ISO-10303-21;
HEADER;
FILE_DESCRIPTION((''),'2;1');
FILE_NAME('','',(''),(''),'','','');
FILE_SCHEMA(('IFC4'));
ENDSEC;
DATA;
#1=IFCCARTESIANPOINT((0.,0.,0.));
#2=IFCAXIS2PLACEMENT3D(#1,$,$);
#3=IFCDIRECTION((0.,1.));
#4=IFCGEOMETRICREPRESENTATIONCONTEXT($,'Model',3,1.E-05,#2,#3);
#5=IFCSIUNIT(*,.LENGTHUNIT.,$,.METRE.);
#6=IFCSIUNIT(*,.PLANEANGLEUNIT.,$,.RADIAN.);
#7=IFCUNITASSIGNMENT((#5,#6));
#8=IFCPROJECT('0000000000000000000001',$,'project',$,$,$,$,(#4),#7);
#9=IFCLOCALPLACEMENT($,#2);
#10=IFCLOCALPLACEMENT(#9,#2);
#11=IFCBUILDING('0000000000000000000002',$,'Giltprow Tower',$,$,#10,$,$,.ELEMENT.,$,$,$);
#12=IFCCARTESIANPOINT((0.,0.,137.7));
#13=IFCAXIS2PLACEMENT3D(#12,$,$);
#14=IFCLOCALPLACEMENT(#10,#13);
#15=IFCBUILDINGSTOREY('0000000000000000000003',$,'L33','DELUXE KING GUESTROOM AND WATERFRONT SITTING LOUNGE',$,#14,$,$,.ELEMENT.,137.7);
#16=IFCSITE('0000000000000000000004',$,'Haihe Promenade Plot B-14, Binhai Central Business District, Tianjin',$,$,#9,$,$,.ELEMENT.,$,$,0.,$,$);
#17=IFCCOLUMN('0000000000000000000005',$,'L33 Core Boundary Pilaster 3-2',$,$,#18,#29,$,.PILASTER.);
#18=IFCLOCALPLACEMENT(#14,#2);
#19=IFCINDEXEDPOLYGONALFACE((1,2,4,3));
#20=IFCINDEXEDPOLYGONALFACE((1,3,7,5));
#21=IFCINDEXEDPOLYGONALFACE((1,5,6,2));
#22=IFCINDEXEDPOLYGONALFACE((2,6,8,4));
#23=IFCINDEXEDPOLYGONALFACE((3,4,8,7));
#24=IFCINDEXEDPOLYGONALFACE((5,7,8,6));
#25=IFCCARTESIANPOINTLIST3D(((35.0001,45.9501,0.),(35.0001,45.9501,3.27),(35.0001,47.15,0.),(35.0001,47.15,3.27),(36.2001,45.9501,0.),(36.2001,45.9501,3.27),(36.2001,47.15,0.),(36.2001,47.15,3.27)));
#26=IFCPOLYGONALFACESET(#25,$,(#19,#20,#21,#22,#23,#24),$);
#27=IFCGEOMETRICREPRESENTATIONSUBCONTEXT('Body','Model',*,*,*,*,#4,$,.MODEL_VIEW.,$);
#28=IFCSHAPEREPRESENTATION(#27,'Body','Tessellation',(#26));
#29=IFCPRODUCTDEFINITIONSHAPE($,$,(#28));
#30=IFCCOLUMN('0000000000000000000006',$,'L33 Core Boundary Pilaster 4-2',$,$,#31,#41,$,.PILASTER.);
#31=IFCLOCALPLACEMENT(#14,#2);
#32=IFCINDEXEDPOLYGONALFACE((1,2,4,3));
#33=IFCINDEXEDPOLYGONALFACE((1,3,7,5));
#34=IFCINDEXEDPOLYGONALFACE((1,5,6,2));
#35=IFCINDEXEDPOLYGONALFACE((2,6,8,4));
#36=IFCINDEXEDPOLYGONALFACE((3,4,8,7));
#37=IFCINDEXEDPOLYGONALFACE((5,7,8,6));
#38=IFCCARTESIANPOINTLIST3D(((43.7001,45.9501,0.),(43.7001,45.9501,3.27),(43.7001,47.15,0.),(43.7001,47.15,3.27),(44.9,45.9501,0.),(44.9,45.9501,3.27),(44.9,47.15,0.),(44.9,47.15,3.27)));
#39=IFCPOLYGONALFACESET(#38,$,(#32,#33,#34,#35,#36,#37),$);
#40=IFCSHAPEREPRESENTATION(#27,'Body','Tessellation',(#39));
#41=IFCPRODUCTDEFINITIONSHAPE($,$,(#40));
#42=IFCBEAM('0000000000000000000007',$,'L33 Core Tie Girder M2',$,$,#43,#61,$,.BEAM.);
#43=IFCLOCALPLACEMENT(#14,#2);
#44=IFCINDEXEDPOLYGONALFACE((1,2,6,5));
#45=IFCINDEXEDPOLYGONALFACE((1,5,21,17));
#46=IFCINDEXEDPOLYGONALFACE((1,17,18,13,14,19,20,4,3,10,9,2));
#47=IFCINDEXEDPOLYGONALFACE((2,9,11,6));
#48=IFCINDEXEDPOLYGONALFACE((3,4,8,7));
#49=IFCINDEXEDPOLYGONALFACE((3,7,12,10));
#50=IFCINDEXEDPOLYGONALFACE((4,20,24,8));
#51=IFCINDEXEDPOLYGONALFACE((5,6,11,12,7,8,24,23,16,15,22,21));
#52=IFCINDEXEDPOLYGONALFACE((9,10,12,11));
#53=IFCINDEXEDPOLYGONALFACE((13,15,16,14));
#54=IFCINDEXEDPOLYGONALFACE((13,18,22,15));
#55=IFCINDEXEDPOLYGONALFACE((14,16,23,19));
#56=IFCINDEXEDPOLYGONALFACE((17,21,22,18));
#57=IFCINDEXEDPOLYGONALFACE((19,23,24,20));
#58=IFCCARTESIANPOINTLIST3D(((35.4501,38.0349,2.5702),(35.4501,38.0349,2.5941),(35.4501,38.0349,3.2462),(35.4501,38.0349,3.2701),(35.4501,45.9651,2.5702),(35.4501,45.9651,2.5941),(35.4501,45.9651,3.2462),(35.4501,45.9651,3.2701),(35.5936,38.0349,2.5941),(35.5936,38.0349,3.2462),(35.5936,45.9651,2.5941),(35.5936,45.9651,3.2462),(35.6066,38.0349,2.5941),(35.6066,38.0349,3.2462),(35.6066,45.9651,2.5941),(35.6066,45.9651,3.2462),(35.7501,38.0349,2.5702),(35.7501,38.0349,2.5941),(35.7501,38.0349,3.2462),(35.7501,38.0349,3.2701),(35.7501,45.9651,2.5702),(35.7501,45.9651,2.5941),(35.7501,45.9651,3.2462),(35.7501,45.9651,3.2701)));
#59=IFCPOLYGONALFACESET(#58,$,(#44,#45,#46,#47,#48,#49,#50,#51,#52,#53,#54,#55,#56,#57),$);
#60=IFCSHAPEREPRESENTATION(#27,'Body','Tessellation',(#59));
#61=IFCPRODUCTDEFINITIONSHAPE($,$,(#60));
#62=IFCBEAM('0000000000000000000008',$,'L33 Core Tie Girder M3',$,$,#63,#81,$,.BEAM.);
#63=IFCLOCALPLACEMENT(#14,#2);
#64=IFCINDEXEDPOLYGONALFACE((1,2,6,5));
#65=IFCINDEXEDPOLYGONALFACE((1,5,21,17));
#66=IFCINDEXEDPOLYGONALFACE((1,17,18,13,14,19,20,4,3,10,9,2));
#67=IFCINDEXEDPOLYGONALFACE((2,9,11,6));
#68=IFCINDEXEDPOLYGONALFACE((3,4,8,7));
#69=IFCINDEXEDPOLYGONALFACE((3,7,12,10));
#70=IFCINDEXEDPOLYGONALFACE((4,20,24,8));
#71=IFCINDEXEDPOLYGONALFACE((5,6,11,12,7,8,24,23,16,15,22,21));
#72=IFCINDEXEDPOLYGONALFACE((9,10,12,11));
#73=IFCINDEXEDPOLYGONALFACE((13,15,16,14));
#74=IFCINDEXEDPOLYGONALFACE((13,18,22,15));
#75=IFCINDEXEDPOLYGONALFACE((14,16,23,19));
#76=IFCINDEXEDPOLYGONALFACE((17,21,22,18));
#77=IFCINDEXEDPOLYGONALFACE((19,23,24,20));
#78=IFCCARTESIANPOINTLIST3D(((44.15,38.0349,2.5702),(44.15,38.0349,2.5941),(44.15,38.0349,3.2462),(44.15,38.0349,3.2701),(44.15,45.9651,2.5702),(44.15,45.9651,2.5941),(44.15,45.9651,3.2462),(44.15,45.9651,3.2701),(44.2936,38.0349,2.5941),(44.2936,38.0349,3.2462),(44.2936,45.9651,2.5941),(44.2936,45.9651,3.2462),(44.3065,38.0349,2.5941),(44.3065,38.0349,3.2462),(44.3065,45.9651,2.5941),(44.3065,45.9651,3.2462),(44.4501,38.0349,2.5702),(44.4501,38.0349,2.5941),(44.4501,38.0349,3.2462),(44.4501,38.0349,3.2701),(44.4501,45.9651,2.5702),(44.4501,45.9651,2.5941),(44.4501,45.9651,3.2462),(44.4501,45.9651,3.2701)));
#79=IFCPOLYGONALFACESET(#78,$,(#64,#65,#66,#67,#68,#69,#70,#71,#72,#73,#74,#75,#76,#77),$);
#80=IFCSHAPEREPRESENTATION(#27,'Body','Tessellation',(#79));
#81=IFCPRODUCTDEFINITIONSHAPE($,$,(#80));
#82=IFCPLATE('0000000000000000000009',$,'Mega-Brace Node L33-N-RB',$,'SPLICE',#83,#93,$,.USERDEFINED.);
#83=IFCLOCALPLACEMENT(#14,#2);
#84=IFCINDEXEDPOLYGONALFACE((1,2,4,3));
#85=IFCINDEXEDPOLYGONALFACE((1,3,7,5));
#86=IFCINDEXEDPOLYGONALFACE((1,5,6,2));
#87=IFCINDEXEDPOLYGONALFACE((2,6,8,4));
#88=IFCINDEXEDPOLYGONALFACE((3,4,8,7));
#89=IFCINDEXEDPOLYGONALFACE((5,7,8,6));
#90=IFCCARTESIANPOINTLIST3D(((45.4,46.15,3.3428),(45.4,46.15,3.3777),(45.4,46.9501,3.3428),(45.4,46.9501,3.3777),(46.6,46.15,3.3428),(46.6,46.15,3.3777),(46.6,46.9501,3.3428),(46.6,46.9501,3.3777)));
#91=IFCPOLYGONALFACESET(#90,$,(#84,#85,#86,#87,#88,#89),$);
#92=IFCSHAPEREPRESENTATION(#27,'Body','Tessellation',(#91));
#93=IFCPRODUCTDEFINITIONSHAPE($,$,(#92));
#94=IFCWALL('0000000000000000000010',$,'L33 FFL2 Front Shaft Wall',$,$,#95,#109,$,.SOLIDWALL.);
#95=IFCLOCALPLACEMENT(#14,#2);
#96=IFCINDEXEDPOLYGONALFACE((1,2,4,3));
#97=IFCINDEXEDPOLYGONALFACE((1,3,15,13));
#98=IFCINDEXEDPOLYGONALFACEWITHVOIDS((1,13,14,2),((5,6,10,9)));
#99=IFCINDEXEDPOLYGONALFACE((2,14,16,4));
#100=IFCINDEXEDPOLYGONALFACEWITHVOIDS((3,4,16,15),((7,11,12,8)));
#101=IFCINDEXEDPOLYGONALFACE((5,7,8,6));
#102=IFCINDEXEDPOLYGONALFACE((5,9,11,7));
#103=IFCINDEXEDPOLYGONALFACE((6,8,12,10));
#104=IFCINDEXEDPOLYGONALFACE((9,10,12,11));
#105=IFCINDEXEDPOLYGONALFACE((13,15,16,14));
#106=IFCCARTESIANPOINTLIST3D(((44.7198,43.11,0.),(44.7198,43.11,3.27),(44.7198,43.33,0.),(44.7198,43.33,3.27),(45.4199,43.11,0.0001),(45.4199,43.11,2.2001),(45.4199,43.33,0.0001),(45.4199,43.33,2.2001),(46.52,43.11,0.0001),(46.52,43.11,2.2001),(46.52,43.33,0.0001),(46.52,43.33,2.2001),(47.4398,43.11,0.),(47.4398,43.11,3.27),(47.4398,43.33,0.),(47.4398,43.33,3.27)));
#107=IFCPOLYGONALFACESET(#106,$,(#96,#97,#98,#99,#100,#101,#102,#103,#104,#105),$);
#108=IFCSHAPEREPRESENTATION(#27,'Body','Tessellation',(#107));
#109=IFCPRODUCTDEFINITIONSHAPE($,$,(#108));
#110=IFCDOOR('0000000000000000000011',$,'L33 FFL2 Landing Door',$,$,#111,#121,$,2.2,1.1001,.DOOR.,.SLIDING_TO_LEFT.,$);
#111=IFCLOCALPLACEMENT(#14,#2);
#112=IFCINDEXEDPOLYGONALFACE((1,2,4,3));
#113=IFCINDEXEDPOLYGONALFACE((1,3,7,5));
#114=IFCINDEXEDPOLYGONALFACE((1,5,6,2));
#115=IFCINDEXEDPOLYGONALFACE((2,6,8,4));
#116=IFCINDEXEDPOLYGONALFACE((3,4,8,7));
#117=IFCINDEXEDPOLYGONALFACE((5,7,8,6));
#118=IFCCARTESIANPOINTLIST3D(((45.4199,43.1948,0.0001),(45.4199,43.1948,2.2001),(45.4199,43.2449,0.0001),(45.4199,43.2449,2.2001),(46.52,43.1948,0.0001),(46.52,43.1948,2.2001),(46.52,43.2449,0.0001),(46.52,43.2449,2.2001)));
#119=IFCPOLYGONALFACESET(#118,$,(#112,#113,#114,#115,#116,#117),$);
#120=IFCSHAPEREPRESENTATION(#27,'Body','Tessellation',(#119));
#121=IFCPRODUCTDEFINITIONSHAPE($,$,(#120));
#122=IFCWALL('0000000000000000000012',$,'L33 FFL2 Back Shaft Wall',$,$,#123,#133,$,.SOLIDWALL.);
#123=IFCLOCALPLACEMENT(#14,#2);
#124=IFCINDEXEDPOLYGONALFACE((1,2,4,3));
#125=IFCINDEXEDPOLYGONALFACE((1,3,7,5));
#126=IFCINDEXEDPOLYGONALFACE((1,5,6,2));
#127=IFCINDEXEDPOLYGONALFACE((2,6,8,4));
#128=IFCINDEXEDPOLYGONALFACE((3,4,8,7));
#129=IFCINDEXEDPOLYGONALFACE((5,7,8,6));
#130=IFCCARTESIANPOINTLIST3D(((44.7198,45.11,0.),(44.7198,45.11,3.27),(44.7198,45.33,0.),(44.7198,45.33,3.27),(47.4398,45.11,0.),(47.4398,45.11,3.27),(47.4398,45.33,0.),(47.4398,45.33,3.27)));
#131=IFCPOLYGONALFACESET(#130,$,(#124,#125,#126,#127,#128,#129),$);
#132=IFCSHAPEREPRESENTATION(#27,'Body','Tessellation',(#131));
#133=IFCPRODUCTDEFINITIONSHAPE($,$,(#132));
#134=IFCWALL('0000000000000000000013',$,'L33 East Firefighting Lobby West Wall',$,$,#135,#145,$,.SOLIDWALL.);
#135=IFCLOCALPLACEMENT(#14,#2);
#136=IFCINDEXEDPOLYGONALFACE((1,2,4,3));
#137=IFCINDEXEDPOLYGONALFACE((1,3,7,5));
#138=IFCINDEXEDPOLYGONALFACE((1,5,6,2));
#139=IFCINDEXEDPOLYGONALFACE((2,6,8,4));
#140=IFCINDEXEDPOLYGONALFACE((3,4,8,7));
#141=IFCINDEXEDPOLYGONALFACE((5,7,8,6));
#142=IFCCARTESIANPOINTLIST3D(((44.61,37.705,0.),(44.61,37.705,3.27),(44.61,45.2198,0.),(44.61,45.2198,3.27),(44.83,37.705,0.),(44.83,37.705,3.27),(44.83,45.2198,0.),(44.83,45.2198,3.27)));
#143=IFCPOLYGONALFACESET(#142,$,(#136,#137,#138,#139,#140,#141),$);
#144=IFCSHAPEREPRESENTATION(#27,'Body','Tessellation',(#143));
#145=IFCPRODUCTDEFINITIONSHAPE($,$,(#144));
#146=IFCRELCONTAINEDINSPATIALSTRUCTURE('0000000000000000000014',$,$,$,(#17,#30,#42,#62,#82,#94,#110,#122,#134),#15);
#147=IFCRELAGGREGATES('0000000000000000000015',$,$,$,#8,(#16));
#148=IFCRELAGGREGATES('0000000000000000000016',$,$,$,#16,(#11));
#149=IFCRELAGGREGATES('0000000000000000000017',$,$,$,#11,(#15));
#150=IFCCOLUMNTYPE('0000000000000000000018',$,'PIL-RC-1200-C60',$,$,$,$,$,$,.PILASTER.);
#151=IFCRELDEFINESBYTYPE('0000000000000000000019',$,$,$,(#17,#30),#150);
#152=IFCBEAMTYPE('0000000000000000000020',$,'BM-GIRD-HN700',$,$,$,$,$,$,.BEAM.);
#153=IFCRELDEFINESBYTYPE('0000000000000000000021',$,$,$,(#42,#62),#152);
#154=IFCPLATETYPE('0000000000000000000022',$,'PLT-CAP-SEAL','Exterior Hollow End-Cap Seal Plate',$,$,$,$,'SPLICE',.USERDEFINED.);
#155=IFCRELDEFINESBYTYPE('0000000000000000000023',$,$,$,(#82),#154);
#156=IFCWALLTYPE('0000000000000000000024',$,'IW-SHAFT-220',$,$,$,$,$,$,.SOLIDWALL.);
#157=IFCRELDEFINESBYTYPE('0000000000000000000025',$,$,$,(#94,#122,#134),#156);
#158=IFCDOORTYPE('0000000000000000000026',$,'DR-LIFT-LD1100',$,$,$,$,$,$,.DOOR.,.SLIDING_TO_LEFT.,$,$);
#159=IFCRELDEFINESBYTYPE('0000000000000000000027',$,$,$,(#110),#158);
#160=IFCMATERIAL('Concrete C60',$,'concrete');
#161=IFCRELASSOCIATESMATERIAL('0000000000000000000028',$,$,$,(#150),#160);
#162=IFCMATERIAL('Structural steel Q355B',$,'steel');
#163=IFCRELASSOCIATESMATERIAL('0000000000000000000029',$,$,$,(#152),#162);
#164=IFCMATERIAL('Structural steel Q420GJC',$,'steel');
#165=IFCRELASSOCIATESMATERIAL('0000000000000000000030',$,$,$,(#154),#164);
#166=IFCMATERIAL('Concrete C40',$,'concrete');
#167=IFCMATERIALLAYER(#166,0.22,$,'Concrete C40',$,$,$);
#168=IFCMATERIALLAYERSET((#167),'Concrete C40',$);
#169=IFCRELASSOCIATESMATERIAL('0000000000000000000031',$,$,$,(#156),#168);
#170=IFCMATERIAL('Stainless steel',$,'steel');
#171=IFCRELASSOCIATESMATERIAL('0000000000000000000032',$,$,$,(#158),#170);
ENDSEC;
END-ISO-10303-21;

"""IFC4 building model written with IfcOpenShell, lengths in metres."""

from ifc_helpers import new_model, si_unit, direction, frame, frame_2d, origin, origin_2d, place, context, subcontext, project, spatial, rectangle, i_section, extrude, source, transform, mapped, material, layer, layer_set, material_profile, profile_set, type_object, element, fill, save


model = new_model("IFC4")

# Units and contexts
model_context = context("Model", 3, precision=1e-05, world=origin(), true_north=direction((0.0, 1.0)))
body_context = subcontext(model_context, "Body", "Model", "MODEL_VIEW")
ifc_project = project(units=[si_unit("LENGTHUNIT", "METRE"), si_unit("PLANEANGLEUNIT", "RADIAN")], contexts=[model_context])

# Site, building, storey
site_placement = place(None, origin())
site = spatial("IfcSite", under=ifc_project, at=site_placement, Name="Haihe Promenade Plot B-14, Binhai Central Business District, Tianjin", CompositionType="ELEMENT", RefElevation=0.0)
building_placement = place(site_placement, origin())
building = spatial("IfcBuilding", under=site, at=building_placement, Name="Giltprow Tower", CompositionType="ELEMENT")
storey_placement = place(building_placement, frame((0.0, 0.0, 137.7)))
storey = spatial("IfcBuildingStorey", under=building, at=storey_placement, Name="L33", Description="DELUXE KING GUESTROOM AND WATERFRONT SITTING LOUNGE", CompositionType="ELEMENT", Elevation=137.7)

# Columns
ifc_material_1 = material(Name="Concrete C60", Category="concrete")
ifc_material_profile_1 = material_profile(ifc_material_1, rectangle(XDim=1.2, YDim=1.2, at=origin_2d()), Name="RC 1200x1200")
ifc_profile_set_1 = profile_set([ifc_material_profile_1], Name="Concrete C60")
column_type = type_object("IfcColumnType", Name="PIL-RC-1200-C60", PredefinedType="PILASTER", material=ifc_profile_set_1)
shared_shape_1 = source(origin(), body_context, "Body", "SweptSolid", [
    extrude(rectangle(XDim=1.2, YDim=1.2, at=origin_2d()), origin(), (0.0, 0.0, 1.0), 3.27),
])
for number, where, z_axis, x_axis, name in (
    (1, (35.6001, 46.55, 0.0), (0.0, 0.0, 1.0), (1.0, 0.0, 0.0), "L33 Core Boundary Pilaster 3-2"),
    (2, (44.3, 46.55, 0.0), (0.0, 0.0, 1.0), (1.0, 0.0, 0.0), "L33 Core Boundary Pilaster 4-2"),
):
    element("IfcColumn", number, at=place(storey_placement, frame(where, z_axis=z_axis, x_axis=x_axis)), inside=storey, type_object=column_type, Name=name, PredefinedType="PILASTER", context=body_context, shape_type="MappedRepresentation", body=[
        mapped(shared_shape_1, transform((0.0, 0.0, 0.0), x_axis=(1.0, 0.0, 0.0), y_axis=(0.0, 1.0, 0.0), z_axis=(0.0, 0.0, 1.0), scale=1.0)),
    ])

# Beams
ifc_material_2 = material(Name="Structural steel Q355B", Category="steel")
ifc_material_profile_2 = material_profile(ifc_material_2, i_section(OverallWidth=0.3, OverallDepth=0.7, WebThickness=0.0129, FlangeThickness=0.0239, at=origin_2d()), Name="HN 700x300x13x24")
ifc_profile_set_2 = profile_set([ifc_material_profile_2], Name="Structural steel Q355B")
beam_type = type_object("IfcBeamType", Name="BM-GIRD-HN700", PredefinedType="BEAM", material=ifc_profile_set_2)
shared_shape_2 = source(origin(), body_context, "Body", "SweptSolid", [
    extrude(i_section(OverallWidth=0.3, OverallDepth=0.7, WebThickness=0.0129, FlangeThickness=0.0239, at=origin_2d()), origin(), (0.0, 0.0, 1.0), 7.9302),
])
for number, where, z_axis, x_axis, name in (
    (3, (35.6001, 38.0349, 2.9202), (0.0, 1.0, 0.0), (-1.0, 0.0, 0.0), "L33 Core Tie Girder M2"),
    (4, (44.3, 38.0349, 2.9202), (0.0, 1.0, 0.0), (-1.0, 0.0, 0.0), "L33 Core Tie Girder M3"),
):
    element("IfcBeam", number, at=place(storey_placement, frame(where, z_axis=z_axis, x_axis=x_axis)), inside=storey, type_object=beam_type, Name=name, PredefinedType="BEAM", context=body_context, shape_type="MappedRepresentation", body=[
        mapped(shared_shape_2, transform((0.0, 0.0, 0.0), x_axis=(1.0, 0.0, 0.0), y_axis=(0.0, 1.0, 0.0), z_axis=(0.0, 0.0, 1.0), scale=1.0)),
    ])

# Plate
ifc_material_3 = material(Name="Structural steel Q420GJC", Category="steel")
plate_type = type_object("IfcPlateType", Name="PLT-CAP-SEAL", Description="Exterior Hollow End-Cap Seal Plate", ElementType="SPLICE", PredefinedType="USERDEFINED", material=ifc_material_3)
shared_shape_3 = source(origin(), body_context, "Body", "SweptSolid", [
    extrude(rectangle(XDim=1.2, YDim=0.8, at=origin_2d()), origin(), (0.0, 0.0, 1.0), 0.0349),
])
plate_placement = place(storey_placement, frame((46.0, 46.55, 3.3428), z_axis=(0.0, 0.0, 1.0), x_axis=(1.0, 0.0, 0.0)))
element("IfcPlate", 5, at=plate_placement, inside=storey, type_object=plate_type, Name="Mega-Brace Node L33-N-RB", ObjectType="SPLICE", PredefinedType="USERDEFINED", context=body_context, shape_type="MappedRepresentation", body=[
    mapped(shared_shape_3, transform((0.0, 0.0, 0.0), x_axis=(1.0, 0.0, 0.0), y_axis=(0.0, 1.0, 0.0), z_axis=(0.0, 0.0, 1.0), scale=1.0)),
])

# Wall, opening, door
ifc_material_4 = material(Name="Concrete C40", Category="concrete")
ifc_layer_1 = layer(ifc_material_4, 0.22, Name="Concrete C40")
ifc_layer_set_1 = layer_set([ifc_layer_1], Name="Concrete C40")
wall_type_1 = type_object("IfcWallType", Name="IW-SHAFT-220", PredefinedType="SOLIDWALL", material=ifc_layer_set_1)
wall_1_placement = place(storey_placement, frame((44.72, 43.22, 0.0), z_axis=(0.0, 0.0, 1.0), x_axis=(1.0, 0.0, 0.0)))
wall_1 = element("IfcWall", 6, at=wall_1_placement, inside=storey, type_object=wall_type_1, Name="L33 FFL2 Front Shaft Wall", PredefinedType="SOLIDWALL", context=body_context, shape_type="SweptSolid", body=[
    extrude(rectangle(XDim=2.72, YDim=0.22, at=frame_2d((1.3599, 0.0))), origin(), (0.0, 0.0, 1.0), 3.27),
])
opening_1_placement = place(wall_1_placement, frame((0.7, 0.0, 0.0)))
opening_1 = element("IfcOpeningElement", 7, at=opening_1_placement, cuts=wall_1, PredefinedType="OPENING", context=body_context, shape_type="SweptSolid", body=[
    extrude(rectangle(XDim=1.1001, YDim=2.2, at=frame_2d((0.55, 1.1001))), frame((0.0, 0.1199, 0.0), z_axis=(0.0, -1.0, 0.0), x_axis=(1.0, 0.0, 0.0)), (0.0, 0.0, 1.0), 0.24),
])
ifc_material_5 = material(Name="Stainless steel", Category="steel")
door_type_1 = type_object("IfcDoorType", Name="DR-LIFT-LD1100", OperationType="SLIDING_TO_LEFT", PredefinedType="DOOR", material=ifc_material_5)
shared_shape_4 = source(origin(), body_context, "Body", "SweptSolid", [
    extrude(rectangle(XDim=1.1001, YDim=2.2, at=frame_2d((0.55, 1.1001))), frame((0.0, 0.0249, 0.0), z_axis=(0.0, -1.0, 0.0), x_axis=(1.0, 0.0, 0.0)), (0.0, 0.0, 1.0), 0.05),
])
door_1_placement = place(opening_1_placement, origin())
door_1 = element("IfcDoor", 8, at=door_1_placement, inside=storey, type_object=door_type_1, Name="L33 FFL2 Landing Door", OperationType="SLIDING_TO_LEFT", OverallHeight=2.2, OverallWidth=1.1001, PredefinedType="DOOR", context=body_context, shape_type="MappedRepresentation", body=[
    mapped(shared_shape_4, transform((0.0, 0.0, 0.0), x_axis=(1.0, 0.0, 0.0), y_axis=(0.0, 1.0, 0.0), z_axis=(0.0, 0.0, 1.0), scale=1.0)),
])
fill(opening_1, door_1)

# Walls
wall_2_placement = place(storey_placement, frame((44.72, 45.22, 0.0), z_axis=(0.0, 0.0, 1.0), x_axis=(1.0, 0.0, 0.0)))
element("IfcWall", 9, at=wall_2_placement, inside=storey, type_object=wall_type_1, Name="L33 FFL2 Back Shaft Wall", PredefinedType="SOLIDWALL", context=body_context, shape_type="SweptSolid", body=[
    extrude(rectangle(XDim=2.72, YDim=0.22, at=frame_2d((1.3599, 0.0))), origin(), (0.0, 0.0, 1.0), 3.27),
])
wall_3_placement = place(storey_placement, frame((44.72, 37.7051, 0.0), z_axis=(0.0, 0.0, 1.0), x_axis=(0.0, 1.0, 0.0)))
element("IfcWall", 10, at=wall_3_placement, inside=storey, type_object=wall_type_1, Name="L33 East Firefighting Lobby West Wall", PredefinedType="SOLIDWALL", context=body_context, shape_type="SweptSolid", body=[
    extrude(rectangle(XDim=7.5149, YDim=0.22, at=frame_2d((3.7573, 0.0))), origin(), (0.0, 0.0, 1.0), 3.27),
])

save(model, "model.ifc")
